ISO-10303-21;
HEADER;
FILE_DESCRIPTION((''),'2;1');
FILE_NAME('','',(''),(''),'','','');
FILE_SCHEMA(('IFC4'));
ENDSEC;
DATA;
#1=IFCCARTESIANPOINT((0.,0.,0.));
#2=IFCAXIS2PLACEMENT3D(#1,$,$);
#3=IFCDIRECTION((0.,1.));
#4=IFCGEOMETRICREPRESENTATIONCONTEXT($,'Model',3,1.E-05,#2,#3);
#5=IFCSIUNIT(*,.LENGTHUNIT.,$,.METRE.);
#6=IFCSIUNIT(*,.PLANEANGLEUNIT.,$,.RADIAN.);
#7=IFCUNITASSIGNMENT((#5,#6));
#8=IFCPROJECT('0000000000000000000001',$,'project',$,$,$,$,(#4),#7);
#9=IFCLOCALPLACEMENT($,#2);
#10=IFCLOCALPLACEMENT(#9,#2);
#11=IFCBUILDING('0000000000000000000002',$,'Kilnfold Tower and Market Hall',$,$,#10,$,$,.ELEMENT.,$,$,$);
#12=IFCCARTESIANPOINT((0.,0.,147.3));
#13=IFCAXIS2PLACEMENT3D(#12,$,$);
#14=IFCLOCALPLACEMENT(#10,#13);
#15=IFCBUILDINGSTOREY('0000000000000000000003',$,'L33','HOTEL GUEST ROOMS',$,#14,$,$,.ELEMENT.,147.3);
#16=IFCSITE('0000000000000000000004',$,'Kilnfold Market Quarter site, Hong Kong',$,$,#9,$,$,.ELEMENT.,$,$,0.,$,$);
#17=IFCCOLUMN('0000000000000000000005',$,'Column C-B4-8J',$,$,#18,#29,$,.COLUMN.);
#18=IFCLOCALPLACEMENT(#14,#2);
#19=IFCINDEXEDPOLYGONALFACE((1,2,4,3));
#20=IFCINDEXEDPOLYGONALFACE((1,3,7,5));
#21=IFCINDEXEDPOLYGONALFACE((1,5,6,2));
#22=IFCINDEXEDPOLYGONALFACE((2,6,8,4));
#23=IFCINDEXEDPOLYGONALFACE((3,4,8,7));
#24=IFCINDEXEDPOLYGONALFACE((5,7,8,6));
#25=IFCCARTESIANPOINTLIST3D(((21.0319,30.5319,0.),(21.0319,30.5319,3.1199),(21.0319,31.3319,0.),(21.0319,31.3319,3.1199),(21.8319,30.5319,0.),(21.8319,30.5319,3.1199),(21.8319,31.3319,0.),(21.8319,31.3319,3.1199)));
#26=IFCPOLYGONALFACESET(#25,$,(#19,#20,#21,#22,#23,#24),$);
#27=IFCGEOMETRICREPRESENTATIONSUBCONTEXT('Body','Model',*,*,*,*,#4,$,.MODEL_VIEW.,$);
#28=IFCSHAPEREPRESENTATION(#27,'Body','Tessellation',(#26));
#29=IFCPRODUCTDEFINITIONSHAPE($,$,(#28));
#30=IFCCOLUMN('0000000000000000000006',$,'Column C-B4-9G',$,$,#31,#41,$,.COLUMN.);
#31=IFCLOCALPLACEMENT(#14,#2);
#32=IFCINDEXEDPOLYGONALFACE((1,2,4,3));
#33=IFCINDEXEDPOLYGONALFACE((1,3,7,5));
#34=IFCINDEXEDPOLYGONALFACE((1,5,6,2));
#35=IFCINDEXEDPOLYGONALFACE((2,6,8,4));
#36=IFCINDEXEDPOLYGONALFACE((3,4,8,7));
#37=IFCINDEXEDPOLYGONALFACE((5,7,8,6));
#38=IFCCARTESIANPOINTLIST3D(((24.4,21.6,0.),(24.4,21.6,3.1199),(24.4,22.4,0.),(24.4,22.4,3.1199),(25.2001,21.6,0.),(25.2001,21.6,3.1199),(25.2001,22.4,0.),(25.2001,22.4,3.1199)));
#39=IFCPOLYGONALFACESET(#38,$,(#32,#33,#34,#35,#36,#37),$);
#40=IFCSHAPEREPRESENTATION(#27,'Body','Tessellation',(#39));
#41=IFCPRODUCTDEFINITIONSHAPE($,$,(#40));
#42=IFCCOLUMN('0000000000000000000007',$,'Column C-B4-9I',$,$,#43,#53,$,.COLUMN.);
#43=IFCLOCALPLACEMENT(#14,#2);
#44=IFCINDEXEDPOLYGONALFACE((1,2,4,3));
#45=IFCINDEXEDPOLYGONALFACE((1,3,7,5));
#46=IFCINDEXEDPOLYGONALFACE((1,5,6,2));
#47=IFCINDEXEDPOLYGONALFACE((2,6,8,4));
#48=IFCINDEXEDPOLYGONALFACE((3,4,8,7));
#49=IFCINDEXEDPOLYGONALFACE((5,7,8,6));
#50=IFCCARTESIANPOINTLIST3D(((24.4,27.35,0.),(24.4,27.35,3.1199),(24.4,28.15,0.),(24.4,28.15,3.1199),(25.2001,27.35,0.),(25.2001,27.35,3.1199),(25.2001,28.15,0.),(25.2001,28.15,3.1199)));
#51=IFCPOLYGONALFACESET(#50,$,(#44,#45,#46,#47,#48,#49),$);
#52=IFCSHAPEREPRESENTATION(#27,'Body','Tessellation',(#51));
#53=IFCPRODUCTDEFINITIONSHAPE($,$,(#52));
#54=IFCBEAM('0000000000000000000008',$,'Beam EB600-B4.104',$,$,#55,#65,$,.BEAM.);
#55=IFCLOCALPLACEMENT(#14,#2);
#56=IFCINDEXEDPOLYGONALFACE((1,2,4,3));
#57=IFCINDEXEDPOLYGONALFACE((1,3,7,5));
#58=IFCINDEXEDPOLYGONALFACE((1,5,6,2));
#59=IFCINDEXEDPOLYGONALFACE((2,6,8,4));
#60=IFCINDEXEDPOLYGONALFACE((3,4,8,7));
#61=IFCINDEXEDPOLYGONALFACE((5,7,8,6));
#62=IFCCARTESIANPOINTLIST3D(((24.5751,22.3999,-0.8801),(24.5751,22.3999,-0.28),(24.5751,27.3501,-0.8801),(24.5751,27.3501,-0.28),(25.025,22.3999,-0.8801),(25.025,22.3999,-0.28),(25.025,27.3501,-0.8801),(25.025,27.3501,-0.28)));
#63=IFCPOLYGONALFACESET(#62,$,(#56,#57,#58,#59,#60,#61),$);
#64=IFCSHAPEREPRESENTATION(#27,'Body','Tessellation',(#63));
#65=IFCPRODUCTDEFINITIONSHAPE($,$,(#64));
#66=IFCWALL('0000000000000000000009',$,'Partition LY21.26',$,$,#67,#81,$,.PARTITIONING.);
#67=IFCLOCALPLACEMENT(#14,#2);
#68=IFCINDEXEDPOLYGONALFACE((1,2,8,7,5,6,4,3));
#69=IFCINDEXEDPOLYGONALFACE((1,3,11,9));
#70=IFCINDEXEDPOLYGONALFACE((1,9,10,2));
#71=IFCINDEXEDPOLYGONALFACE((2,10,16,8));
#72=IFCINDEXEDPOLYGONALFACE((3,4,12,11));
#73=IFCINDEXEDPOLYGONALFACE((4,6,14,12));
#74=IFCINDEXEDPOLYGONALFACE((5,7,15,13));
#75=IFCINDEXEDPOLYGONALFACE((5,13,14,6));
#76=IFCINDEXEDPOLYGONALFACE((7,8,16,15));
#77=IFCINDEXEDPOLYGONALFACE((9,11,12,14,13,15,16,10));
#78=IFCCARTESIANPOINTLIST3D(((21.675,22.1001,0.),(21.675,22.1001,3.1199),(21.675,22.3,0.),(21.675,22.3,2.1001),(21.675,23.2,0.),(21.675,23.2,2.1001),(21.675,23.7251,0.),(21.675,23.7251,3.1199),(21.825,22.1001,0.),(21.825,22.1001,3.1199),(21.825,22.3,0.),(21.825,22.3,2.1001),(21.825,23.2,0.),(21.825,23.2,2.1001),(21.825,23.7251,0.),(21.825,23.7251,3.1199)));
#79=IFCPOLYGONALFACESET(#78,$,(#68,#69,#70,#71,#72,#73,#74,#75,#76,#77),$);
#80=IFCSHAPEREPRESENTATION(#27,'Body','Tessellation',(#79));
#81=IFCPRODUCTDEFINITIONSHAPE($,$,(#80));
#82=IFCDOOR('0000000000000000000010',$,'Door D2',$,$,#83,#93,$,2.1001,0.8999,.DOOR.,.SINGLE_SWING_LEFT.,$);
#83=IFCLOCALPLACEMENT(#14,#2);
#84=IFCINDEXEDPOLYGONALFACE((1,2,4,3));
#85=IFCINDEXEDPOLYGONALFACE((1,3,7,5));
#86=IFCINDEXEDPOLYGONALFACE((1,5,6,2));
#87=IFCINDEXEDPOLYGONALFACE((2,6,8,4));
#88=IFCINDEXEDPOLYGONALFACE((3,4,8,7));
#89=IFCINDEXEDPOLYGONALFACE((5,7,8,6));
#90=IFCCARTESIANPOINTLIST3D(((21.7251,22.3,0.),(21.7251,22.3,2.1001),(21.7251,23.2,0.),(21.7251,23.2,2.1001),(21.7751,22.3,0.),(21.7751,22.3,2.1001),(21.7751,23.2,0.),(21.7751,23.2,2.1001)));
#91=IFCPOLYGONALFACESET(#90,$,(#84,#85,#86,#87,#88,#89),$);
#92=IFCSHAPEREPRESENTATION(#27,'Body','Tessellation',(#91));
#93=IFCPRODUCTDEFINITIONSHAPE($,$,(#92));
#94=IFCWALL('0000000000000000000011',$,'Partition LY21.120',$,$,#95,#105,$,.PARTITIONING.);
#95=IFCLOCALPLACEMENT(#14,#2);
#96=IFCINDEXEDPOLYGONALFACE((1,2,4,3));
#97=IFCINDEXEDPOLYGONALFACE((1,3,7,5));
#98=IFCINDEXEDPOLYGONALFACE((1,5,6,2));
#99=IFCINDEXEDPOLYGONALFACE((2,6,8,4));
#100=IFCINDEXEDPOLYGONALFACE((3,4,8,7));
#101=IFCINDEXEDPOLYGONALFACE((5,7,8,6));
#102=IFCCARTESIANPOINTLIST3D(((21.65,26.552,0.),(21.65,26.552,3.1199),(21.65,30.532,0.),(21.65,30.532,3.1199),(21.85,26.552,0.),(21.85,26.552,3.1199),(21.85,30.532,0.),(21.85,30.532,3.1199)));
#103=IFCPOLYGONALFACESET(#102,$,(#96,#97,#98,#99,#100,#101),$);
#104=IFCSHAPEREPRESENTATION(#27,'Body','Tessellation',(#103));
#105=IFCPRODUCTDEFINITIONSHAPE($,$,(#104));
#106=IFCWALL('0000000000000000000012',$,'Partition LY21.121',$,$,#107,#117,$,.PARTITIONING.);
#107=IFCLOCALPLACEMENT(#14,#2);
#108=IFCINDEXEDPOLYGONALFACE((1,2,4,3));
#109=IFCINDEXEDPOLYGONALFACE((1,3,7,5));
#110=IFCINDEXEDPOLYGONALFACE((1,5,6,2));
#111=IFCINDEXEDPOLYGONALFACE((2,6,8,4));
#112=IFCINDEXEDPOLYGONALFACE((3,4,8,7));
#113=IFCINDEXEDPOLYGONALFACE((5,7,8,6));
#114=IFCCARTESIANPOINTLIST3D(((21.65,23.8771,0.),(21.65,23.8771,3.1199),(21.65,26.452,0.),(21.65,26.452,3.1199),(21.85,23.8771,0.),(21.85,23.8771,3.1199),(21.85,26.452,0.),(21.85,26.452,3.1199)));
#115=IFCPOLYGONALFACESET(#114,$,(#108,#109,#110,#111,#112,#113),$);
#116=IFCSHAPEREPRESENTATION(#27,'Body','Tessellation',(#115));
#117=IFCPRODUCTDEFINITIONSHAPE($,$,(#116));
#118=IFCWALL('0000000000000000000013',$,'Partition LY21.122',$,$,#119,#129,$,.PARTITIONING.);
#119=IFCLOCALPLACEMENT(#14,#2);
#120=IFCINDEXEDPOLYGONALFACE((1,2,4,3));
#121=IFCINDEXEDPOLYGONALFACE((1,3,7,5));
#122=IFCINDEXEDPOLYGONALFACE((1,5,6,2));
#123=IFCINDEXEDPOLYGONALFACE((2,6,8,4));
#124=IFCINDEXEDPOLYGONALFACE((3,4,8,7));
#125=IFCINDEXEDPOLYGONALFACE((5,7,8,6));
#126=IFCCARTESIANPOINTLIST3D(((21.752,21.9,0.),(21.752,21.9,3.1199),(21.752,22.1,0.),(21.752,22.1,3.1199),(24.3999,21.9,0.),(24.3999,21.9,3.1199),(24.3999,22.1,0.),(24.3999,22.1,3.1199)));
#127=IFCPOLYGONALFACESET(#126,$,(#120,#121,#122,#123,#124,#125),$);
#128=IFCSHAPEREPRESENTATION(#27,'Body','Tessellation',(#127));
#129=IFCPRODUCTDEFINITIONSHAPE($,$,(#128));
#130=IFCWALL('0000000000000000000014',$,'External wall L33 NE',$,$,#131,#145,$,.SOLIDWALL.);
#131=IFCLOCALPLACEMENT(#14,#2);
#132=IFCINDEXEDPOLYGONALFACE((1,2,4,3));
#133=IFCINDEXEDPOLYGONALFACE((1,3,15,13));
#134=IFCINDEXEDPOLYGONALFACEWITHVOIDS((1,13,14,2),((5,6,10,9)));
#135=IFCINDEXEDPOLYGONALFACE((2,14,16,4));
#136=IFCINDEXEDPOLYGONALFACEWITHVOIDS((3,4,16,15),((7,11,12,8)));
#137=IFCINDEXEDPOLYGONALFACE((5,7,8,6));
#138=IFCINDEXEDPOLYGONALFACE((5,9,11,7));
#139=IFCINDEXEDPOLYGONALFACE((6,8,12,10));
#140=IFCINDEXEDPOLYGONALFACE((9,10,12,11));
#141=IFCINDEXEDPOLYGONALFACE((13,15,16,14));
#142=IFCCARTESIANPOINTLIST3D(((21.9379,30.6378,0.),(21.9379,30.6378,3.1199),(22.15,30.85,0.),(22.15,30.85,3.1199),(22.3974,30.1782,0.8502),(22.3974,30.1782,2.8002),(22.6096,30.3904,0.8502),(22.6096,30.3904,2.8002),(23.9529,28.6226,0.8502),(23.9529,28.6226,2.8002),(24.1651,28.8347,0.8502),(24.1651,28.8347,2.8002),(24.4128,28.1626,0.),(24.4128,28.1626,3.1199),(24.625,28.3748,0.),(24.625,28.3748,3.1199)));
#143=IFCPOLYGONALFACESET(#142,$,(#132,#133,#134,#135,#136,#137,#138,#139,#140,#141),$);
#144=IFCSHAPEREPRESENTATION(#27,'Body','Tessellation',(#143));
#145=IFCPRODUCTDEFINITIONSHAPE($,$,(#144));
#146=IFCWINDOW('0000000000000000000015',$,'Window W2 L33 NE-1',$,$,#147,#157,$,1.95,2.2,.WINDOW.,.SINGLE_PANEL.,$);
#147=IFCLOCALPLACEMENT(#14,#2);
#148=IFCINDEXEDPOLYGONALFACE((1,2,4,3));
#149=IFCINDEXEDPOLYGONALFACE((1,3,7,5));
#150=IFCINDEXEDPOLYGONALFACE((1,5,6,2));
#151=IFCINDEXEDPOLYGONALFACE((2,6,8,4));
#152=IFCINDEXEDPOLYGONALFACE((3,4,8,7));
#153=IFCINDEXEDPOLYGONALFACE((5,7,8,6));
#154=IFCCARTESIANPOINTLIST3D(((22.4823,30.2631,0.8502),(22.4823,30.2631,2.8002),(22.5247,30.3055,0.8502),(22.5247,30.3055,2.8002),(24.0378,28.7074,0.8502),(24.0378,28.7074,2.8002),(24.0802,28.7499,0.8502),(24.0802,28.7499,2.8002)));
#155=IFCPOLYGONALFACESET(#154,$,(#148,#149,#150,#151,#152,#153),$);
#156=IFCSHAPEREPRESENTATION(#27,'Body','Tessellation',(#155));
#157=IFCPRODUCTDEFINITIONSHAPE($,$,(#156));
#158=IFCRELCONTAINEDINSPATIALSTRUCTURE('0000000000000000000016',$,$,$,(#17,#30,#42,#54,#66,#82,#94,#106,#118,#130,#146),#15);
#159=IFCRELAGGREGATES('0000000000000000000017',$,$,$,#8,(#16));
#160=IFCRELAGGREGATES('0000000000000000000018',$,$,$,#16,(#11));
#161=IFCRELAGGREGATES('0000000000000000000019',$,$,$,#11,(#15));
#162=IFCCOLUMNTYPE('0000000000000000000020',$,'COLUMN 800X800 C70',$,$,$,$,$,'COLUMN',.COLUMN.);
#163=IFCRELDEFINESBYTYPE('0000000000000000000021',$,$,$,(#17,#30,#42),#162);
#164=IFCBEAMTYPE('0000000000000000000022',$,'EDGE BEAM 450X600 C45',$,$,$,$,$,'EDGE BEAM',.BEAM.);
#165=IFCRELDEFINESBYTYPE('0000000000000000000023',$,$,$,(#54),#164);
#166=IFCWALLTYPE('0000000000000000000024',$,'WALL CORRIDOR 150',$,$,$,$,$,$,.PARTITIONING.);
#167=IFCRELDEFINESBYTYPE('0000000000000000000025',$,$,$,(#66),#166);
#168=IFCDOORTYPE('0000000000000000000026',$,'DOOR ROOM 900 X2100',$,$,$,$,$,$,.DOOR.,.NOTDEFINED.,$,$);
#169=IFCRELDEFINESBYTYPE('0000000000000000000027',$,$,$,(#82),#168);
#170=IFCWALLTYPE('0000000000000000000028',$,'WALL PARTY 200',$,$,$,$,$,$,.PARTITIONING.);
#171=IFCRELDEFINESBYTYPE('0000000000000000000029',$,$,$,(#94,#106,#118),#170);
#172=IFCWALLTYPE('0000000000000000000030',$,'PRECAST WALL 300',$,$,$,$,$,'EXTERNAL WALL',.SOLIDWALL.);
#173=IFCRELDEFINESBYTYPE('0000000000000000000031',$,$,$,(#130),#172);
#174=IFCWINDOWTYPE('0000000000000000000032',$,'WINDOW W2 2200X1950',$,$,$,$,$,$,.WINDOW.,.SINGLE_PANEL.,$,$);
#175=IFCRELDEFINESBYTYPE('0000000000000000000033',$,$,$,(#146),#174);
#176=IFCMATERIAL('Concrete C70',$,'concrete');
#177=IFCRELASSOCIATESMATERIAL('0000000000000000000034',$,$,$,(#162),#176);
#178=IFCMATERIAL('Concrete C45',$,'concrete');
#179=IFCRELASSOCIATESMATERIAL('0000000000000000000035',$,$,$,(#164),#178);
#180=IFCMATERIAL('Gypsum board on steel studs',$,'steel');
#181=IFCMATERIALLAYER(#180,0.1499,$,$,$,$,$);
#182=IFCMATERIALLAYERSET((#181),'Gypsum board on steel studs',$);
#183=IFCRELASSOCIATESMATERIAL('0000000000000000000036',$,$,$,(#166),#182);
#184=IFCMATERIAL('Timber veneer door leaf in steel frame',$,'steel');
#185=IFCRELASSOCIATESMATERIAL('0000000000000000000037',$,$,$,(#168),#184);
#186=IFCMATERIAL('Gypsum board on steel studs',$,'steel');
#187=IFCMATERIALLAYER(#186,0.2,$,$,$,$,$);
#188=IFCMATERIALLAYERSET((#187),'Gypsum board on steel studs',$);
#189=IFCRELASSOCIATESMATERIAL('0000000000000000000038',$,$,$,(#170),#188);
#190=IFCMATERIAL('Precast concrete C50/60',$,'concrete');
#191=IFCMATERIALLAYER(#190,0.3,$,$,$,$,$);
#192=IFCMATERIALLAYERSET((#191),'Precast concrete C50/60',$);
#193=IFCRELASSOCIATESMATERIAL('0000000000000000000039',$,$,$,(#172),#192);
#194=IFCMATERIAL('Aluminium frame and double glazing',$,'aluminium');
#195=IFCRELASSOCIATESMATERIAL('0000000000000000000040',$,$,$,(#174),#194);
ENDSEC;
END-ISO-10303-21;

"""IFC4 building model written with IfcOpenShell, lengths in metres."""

from ifc_helpers import new_model, si_unit, direction, frame, frame_2d, origin, origin_2d, place, context, subcontext, project, spatial, rectangle, extrude, source, transform, mapped, material, layer, layer_set, material_profile, profile_set, type_object, element, fill, save


model = new_model("IFC4")

# Units and contexts
model_context = context("Model", 3, precision=1e-05, world=origin(), true_north=direction((0.0, 1.0)))
body_context = subcontext(model_context, "Body", "Model", "MODEL_VIEW")
ifc_project = project(units=[si_unit("LENGTHUNIT", "METRE"), si_unit("PLANEANGLEUNIT", "RADIAN")], contexts=[model_context])

# Site, building, storey
site_placement = place(None, origin())
site = spatial("IfcSite", under=ifc_project, at=site_placement, Name="Kilnfold Market Quarter site, Hong Kong", CompositionType="ELEMENT", RefElevation=0.0)
building_placement = place(site_placement, origin())
building = spatial("IfcBuilding", under=site, at=building_placement, Name="Kilnfold Tower and Market Hall", CompositionType="ELEMENT")
storey_placement = place(building_placement, frame((0.0, 0.0, 147.3)))
storey = spatial("IfcBuildingStorey", under=building, at=storey_placement, Name="L33", Description="HOTEL GUEST ROOMS", CompositionType="ELEMENT", Elevation=147.3)

# Columns
ifc_material_1 = material(Name="Concrete C70", Category="concrete")
ifc_material_profile_1 = material_profile(ifc_material_1, rectangle(XDim=0.8, YDim=0.8, at=origin_2d()), Name="RC 800x800")
ifc_profile_set_1 = profile_set([ifc_material_profile_1], Name="Concrete C70")
column_type = type_object("IfcColumnType", Name="COLUMN 800X800 C70", ElementType="COLUMN", PredefinedType="COLUMN", material=ifc_profile_set_1)
shared_shape_1 = source(origin(), body_context, "Body", "SweptSolid", [
    extrude(rectangle(XDim=0.8, YDim=0.8, at=origin_2d()), origin(), (0.0, 0.0, 1.0), 3.1199),
])
for number, where, z_axis, x_axis, name in (
    (1, (21.4319, 30.9319, 0.0), (0.0, 0.0, 1.0), (1.0, 0.0, 0.0), "Column C-B4-8J"),
    (2, (24.8, 22.0, 0.0), (0.0, 0.0, 1.0), (1.0, 0.0, 0.0), "Column C-B4-9G"),
    (3, (24.8, 27.75, 0.0), (0.0, 0.0, 1.0), (1.0, 0.0, 0.0), "Column C-B4-9I"),
):
    element("IfcColumn", number, at=place(storey_placement, frame(where, z_axis=z_axis, x_axis=x_axis)), inside=storey, type_object=column_type, Name=name, PredefinedType="COLUMN", context=body_context, shape_type="MappedRepresentation", body=[
        mapped(shared_shape_1, transform((0.0, 0.0, 0.0))),
    ])

# Beam
ifc_material_2 = material(Name="Concrete C45", Category="concrete")
ifc_material_profile_2 = material_profile(ifc_material_2, rectangle(XDim=0.45, YDim=0.6001, at=origin_2d()), Name="RC 450x600")
ifc_profile_set_2 = profile_set([ifc_material_profile_2], Name="Concrete C45")
beam_type = type_object("IfcBeamType", Name="EDGE BEAM 450X600 C45", ElementType="EDGE BEAM", PredefinedType="BEAM", material=ifc_profile_set_2)
shared_shape_2 = source(origin(), body_context, "Body", "SweptSolid", [
    extrude(rectangle(XDim=0.45, YDim=0.6001, at=origin_2d()), origin(), (0.0, 0.0, 1.0), 4.9502),
])
beam_placement = place(storey_placement, frame((24.8, 22.3999, -0.5801), z_axis=(0.0, 1.0, 0.0), x_axis=(-1.0, 0.0, 0.0)))
element("IfcBeam", 4, at=beam_placement, inside=storey, type_object=beam_type, Name="Beam EB600-B4.104", PredefinedType="BEAM", context=body_context, shape_type="MappedRepresentation", body=[
    mapped(shared_shape_2, transform((0.0, 0.0, 0.0))),
])

# Wall, opening, door
ifc_material_3 = material(Name="Gypsum board on steel studs", Category="steel")
ifc_layer_1 = layer(ifc_material_3, 0.1499)
ifc_layer_set_1 = layer_set([ifc_layer_1], Name="Gypsum board on steel studs")
wall_type_1 = type_object("IfcWallType", Name="WALL CORRIDOR 150", PredefinedType="PARTITIONING", material=ifc_layer_set_1)
wall_1_placement = place(storey_placement, frame((21.75, 22.1001, 0.0), z_axis=(0.0, 0.0, 1.0), x_axis=(0.0, 1.0, 0.0)))
wall_1 = element("IfcWall", 5, at=wall_1_placement, inside=storey, type_object=wall_type_1, Name="Partition LY21.26", PredefinedType="PARTITIONING", context=body_context, shape_type="SweptSolid", body=[
    extrude(rectangle(XDim=1.625, YDim=0.1499, at=frame_2d((0.8125, 0.0))), origin(), (0.0, 0.0, 1.0), 3.1199),
])
opening_1_placement = place(wall_1_placement, frame((0.2, 0.0, 0.0)))
opening_1 = element("IfcOpeningElement", 6, at=opening_1_placement, cuts=wall_1, PredefinedType="OPENING", context=body_context, shape_type="SweptSolid", body=[
    extrude(rectangle(XDim=0.8999, YDim=2.1001, at=frame_2d((0.45, 1.05))), frame((0.0, 0.085, 0.0), z_axis=(0.0, -1.0, 0.0), x_axis=(1.0, 0.0, 0.0)), (0.0, 0.0, 1.0), 0.1699),
])
ifc_material_4 = material(Name="Timber veneer door leaf in steel frame", Category="steel")
door_type = type_object("IfcDoorType", Name="DOOR ROOM 900 X2100", OperationType="NOTDEFINED", PredefinedType="DOOR", material=ifc_material_4)
door_placement = place(opening_1_placement, origin())
door = element("IfcDoor", 7, at=door_placement, inside=storey, type_object=door_type, Name="Door D2", OperationType="SINGLE_SWING_LEFT", OverallHeight=2.1001, OverallWidth=0.8999, PredefinedType="DOOR", context=body_context, shape_type="SweptSolid", body=[
    extrude(rectangle(XDim=0.8999, YDim=2.1001, at=frame_2d((0.45, 1.05))), frame((0.0, 0.0249, 0.0), z_axis=(0.0, -1.0, 0.0), x_axis=(1.0, 0.0, 0.0)), (0.0, 0.0, 1.0), 0.05),
])
fill(opening_1, door)

# Walls
ifc_material_5 = material(Name="Gypsum board on steel studs", Category="steel")
ifc_layer_2 = layer(ifc_material_5, 0.2)
ifc_layer_set_2 = layer_set([ifc_layer_2], Name="Gypsum board on steel studs")
wall_type_2 = type_object("IfcWallType", Name="WALL PARTY 200", PredefinedType="PARTITIONING", material=ifc_layer_set_2)
wall_2_placement = place(storey_placement, frame((21.75, 26.552, 0.0), z_axis=(0.0, 0.0, 1.0), x_axis=(0.0, 1.0, 0.0)))
element("IfcWall", 8, at=wall_2_placement, inside=storey, type_object=wall_type_2, Name="Partition LY21.120", PredefinedType="PARTITIONING", context=body_context, shape_type="SweptSolid", body=[
    extrude(rectangle(XDim=3.98, YDim=0.2, at=frame_2d((1.99, 0.0))), origin(), (0.0, 0.0, 1.0), 3.1199),
])
wall_3_placement = place(storey_placement, frame((21.75, 23.877, 0.0), z_axis=(0.0, 0.0, 1.0), x_axis=(0.0, 1.0, 0.0)))
element("IfcWall", 9, at=wall_3_placement, inside=storey, type_object=wall_type_2, Name="Partition LY21.121", PredefinedType="PARTITIONING", context=body_context, shape_type="SweptSolid", body=[
    extrude(rectangle(XDim=2.575, YDim=0.2, at=frame_2d((1.2876, 0.0))), origin(), (0.0, 0.0, 1.0), 3.1199),
])
wall_4_placement = place(storey_placement, frame((21.752, 22.0, 0.0), z_axis=(0.0, 0.0, 1.0), x_axis=(1.0, 0.0, 0.0)))
element("IfcWall", 10, at=wall_4_placement, inside=storey, type_object=wall_type_2, Name="Partition LY21.122", PredefinedType="PARTITIONING", context=body_context, shape_type="SweptSolid", body=[
    extrude(rectangle(XDim=2.6479, YDim=0.2, at=frame_2d((1.324, 0.0))), origin(), (0.0, 0.0, 1.0), 3.1199),
])

# Wall, opening, window
ifc_material_6 = material(Name="Precast concrete C50/60", Category="concrete")
ifc_layer_3 = layer(ifc_material_6, 0.3)
ifc_layer_set_3 = layer_set([ifc_layer_3], Name="Precast concrete C50/60")
wall_type_3 = type_object("IfcWallType", Name="PRECAST WALL 300", ElementType="EXTERNAL WALL", PredefinedType="SOLIDWALL", material=ifc_layer_set_3)
shared_shape_3 = source(origin(), body_context, "Body", "SweptSolid", [
    extrude(rectangle(XDim=3.5002, YDim=0.3, at=frame_2d((1.75, 0.0))), origin(), (0.0, 0.0, 1.0), 3.1199),
])
wall_5_placement = place(storey_placement, frame((24.5188, 28.2688, 0.0), z_axis=(0.0, 0.0, 1.0), x_axis=(-0.707072, 0.707142, 0.0)))
wall_5 = element("IfcWall", 11, at=wall_5_placement, inside=storey, type_object=wall_type_3, Name="External wall L33 NE", PredefinedType="SOLIDWALL", context=body_context, shape_type="MappedRepresentation", body=[
    mapped(shared_shape_3, transform((0.0, 0.0, 0.0))),
])
opening_2_placement = place(wall_5_placement, frame((0.6501, 0.0, 0.8501)))
opening_2 = element("IfcOpeningElement", 12, at=opening_2_placement, cuts=wall_5, PredefinedType="OPENING", context=body_context, shape_type="SweptSolid", body=[
    extrude(rectangle(XDim=2.2, YDim=1.95, at=frame_2d((1.1001, 0.9751))), frame((0.0, 0.1602, 0.0), z_axis=(0.0, -1.0, 0.0), x_axis=(1.0, 0.0, 0.0)), (0.0, 0.0, 1.0), 0.3201),
])
ifc_material_7 = material(Name="Aluminium frame and double glazing", Category="aluminium")
window_type_1 = type_object("IfcWindowType", Name="WINDOW W2 2200X1950", PartitioningType="SINGLE_PANEL", PredefinedType="WINDOW", material=ifc_material_7)
window_1_placement = place(opening_2_placement, origin())
window_1 = element("IfcWindow", 13, at=window_1_placement, inside=storey, type_object=window_type_1, Name="Window W2 L33 NE-1", OverallHeight=1.95, OverallWidth=2.2, PartitioningType="SINGLE_PANEL", PredefinedType="WINDOW", context=body_context, shape_type="SweptSolid", body=[
    extrude(rectangle(XDim=2.2, YDim=1.95, at=frame_2d((1.1001, 0.9751))), frame((0.0, 0.03, 0.0), z_axis=(0.0, -1.0, 0.0), x_axis=(1.0, 0.0, 0.0)), (0.0, 0.0, 1.0), 0.0601),
])
fill(opening_2, window_1)

save(model, "model.ifc")
